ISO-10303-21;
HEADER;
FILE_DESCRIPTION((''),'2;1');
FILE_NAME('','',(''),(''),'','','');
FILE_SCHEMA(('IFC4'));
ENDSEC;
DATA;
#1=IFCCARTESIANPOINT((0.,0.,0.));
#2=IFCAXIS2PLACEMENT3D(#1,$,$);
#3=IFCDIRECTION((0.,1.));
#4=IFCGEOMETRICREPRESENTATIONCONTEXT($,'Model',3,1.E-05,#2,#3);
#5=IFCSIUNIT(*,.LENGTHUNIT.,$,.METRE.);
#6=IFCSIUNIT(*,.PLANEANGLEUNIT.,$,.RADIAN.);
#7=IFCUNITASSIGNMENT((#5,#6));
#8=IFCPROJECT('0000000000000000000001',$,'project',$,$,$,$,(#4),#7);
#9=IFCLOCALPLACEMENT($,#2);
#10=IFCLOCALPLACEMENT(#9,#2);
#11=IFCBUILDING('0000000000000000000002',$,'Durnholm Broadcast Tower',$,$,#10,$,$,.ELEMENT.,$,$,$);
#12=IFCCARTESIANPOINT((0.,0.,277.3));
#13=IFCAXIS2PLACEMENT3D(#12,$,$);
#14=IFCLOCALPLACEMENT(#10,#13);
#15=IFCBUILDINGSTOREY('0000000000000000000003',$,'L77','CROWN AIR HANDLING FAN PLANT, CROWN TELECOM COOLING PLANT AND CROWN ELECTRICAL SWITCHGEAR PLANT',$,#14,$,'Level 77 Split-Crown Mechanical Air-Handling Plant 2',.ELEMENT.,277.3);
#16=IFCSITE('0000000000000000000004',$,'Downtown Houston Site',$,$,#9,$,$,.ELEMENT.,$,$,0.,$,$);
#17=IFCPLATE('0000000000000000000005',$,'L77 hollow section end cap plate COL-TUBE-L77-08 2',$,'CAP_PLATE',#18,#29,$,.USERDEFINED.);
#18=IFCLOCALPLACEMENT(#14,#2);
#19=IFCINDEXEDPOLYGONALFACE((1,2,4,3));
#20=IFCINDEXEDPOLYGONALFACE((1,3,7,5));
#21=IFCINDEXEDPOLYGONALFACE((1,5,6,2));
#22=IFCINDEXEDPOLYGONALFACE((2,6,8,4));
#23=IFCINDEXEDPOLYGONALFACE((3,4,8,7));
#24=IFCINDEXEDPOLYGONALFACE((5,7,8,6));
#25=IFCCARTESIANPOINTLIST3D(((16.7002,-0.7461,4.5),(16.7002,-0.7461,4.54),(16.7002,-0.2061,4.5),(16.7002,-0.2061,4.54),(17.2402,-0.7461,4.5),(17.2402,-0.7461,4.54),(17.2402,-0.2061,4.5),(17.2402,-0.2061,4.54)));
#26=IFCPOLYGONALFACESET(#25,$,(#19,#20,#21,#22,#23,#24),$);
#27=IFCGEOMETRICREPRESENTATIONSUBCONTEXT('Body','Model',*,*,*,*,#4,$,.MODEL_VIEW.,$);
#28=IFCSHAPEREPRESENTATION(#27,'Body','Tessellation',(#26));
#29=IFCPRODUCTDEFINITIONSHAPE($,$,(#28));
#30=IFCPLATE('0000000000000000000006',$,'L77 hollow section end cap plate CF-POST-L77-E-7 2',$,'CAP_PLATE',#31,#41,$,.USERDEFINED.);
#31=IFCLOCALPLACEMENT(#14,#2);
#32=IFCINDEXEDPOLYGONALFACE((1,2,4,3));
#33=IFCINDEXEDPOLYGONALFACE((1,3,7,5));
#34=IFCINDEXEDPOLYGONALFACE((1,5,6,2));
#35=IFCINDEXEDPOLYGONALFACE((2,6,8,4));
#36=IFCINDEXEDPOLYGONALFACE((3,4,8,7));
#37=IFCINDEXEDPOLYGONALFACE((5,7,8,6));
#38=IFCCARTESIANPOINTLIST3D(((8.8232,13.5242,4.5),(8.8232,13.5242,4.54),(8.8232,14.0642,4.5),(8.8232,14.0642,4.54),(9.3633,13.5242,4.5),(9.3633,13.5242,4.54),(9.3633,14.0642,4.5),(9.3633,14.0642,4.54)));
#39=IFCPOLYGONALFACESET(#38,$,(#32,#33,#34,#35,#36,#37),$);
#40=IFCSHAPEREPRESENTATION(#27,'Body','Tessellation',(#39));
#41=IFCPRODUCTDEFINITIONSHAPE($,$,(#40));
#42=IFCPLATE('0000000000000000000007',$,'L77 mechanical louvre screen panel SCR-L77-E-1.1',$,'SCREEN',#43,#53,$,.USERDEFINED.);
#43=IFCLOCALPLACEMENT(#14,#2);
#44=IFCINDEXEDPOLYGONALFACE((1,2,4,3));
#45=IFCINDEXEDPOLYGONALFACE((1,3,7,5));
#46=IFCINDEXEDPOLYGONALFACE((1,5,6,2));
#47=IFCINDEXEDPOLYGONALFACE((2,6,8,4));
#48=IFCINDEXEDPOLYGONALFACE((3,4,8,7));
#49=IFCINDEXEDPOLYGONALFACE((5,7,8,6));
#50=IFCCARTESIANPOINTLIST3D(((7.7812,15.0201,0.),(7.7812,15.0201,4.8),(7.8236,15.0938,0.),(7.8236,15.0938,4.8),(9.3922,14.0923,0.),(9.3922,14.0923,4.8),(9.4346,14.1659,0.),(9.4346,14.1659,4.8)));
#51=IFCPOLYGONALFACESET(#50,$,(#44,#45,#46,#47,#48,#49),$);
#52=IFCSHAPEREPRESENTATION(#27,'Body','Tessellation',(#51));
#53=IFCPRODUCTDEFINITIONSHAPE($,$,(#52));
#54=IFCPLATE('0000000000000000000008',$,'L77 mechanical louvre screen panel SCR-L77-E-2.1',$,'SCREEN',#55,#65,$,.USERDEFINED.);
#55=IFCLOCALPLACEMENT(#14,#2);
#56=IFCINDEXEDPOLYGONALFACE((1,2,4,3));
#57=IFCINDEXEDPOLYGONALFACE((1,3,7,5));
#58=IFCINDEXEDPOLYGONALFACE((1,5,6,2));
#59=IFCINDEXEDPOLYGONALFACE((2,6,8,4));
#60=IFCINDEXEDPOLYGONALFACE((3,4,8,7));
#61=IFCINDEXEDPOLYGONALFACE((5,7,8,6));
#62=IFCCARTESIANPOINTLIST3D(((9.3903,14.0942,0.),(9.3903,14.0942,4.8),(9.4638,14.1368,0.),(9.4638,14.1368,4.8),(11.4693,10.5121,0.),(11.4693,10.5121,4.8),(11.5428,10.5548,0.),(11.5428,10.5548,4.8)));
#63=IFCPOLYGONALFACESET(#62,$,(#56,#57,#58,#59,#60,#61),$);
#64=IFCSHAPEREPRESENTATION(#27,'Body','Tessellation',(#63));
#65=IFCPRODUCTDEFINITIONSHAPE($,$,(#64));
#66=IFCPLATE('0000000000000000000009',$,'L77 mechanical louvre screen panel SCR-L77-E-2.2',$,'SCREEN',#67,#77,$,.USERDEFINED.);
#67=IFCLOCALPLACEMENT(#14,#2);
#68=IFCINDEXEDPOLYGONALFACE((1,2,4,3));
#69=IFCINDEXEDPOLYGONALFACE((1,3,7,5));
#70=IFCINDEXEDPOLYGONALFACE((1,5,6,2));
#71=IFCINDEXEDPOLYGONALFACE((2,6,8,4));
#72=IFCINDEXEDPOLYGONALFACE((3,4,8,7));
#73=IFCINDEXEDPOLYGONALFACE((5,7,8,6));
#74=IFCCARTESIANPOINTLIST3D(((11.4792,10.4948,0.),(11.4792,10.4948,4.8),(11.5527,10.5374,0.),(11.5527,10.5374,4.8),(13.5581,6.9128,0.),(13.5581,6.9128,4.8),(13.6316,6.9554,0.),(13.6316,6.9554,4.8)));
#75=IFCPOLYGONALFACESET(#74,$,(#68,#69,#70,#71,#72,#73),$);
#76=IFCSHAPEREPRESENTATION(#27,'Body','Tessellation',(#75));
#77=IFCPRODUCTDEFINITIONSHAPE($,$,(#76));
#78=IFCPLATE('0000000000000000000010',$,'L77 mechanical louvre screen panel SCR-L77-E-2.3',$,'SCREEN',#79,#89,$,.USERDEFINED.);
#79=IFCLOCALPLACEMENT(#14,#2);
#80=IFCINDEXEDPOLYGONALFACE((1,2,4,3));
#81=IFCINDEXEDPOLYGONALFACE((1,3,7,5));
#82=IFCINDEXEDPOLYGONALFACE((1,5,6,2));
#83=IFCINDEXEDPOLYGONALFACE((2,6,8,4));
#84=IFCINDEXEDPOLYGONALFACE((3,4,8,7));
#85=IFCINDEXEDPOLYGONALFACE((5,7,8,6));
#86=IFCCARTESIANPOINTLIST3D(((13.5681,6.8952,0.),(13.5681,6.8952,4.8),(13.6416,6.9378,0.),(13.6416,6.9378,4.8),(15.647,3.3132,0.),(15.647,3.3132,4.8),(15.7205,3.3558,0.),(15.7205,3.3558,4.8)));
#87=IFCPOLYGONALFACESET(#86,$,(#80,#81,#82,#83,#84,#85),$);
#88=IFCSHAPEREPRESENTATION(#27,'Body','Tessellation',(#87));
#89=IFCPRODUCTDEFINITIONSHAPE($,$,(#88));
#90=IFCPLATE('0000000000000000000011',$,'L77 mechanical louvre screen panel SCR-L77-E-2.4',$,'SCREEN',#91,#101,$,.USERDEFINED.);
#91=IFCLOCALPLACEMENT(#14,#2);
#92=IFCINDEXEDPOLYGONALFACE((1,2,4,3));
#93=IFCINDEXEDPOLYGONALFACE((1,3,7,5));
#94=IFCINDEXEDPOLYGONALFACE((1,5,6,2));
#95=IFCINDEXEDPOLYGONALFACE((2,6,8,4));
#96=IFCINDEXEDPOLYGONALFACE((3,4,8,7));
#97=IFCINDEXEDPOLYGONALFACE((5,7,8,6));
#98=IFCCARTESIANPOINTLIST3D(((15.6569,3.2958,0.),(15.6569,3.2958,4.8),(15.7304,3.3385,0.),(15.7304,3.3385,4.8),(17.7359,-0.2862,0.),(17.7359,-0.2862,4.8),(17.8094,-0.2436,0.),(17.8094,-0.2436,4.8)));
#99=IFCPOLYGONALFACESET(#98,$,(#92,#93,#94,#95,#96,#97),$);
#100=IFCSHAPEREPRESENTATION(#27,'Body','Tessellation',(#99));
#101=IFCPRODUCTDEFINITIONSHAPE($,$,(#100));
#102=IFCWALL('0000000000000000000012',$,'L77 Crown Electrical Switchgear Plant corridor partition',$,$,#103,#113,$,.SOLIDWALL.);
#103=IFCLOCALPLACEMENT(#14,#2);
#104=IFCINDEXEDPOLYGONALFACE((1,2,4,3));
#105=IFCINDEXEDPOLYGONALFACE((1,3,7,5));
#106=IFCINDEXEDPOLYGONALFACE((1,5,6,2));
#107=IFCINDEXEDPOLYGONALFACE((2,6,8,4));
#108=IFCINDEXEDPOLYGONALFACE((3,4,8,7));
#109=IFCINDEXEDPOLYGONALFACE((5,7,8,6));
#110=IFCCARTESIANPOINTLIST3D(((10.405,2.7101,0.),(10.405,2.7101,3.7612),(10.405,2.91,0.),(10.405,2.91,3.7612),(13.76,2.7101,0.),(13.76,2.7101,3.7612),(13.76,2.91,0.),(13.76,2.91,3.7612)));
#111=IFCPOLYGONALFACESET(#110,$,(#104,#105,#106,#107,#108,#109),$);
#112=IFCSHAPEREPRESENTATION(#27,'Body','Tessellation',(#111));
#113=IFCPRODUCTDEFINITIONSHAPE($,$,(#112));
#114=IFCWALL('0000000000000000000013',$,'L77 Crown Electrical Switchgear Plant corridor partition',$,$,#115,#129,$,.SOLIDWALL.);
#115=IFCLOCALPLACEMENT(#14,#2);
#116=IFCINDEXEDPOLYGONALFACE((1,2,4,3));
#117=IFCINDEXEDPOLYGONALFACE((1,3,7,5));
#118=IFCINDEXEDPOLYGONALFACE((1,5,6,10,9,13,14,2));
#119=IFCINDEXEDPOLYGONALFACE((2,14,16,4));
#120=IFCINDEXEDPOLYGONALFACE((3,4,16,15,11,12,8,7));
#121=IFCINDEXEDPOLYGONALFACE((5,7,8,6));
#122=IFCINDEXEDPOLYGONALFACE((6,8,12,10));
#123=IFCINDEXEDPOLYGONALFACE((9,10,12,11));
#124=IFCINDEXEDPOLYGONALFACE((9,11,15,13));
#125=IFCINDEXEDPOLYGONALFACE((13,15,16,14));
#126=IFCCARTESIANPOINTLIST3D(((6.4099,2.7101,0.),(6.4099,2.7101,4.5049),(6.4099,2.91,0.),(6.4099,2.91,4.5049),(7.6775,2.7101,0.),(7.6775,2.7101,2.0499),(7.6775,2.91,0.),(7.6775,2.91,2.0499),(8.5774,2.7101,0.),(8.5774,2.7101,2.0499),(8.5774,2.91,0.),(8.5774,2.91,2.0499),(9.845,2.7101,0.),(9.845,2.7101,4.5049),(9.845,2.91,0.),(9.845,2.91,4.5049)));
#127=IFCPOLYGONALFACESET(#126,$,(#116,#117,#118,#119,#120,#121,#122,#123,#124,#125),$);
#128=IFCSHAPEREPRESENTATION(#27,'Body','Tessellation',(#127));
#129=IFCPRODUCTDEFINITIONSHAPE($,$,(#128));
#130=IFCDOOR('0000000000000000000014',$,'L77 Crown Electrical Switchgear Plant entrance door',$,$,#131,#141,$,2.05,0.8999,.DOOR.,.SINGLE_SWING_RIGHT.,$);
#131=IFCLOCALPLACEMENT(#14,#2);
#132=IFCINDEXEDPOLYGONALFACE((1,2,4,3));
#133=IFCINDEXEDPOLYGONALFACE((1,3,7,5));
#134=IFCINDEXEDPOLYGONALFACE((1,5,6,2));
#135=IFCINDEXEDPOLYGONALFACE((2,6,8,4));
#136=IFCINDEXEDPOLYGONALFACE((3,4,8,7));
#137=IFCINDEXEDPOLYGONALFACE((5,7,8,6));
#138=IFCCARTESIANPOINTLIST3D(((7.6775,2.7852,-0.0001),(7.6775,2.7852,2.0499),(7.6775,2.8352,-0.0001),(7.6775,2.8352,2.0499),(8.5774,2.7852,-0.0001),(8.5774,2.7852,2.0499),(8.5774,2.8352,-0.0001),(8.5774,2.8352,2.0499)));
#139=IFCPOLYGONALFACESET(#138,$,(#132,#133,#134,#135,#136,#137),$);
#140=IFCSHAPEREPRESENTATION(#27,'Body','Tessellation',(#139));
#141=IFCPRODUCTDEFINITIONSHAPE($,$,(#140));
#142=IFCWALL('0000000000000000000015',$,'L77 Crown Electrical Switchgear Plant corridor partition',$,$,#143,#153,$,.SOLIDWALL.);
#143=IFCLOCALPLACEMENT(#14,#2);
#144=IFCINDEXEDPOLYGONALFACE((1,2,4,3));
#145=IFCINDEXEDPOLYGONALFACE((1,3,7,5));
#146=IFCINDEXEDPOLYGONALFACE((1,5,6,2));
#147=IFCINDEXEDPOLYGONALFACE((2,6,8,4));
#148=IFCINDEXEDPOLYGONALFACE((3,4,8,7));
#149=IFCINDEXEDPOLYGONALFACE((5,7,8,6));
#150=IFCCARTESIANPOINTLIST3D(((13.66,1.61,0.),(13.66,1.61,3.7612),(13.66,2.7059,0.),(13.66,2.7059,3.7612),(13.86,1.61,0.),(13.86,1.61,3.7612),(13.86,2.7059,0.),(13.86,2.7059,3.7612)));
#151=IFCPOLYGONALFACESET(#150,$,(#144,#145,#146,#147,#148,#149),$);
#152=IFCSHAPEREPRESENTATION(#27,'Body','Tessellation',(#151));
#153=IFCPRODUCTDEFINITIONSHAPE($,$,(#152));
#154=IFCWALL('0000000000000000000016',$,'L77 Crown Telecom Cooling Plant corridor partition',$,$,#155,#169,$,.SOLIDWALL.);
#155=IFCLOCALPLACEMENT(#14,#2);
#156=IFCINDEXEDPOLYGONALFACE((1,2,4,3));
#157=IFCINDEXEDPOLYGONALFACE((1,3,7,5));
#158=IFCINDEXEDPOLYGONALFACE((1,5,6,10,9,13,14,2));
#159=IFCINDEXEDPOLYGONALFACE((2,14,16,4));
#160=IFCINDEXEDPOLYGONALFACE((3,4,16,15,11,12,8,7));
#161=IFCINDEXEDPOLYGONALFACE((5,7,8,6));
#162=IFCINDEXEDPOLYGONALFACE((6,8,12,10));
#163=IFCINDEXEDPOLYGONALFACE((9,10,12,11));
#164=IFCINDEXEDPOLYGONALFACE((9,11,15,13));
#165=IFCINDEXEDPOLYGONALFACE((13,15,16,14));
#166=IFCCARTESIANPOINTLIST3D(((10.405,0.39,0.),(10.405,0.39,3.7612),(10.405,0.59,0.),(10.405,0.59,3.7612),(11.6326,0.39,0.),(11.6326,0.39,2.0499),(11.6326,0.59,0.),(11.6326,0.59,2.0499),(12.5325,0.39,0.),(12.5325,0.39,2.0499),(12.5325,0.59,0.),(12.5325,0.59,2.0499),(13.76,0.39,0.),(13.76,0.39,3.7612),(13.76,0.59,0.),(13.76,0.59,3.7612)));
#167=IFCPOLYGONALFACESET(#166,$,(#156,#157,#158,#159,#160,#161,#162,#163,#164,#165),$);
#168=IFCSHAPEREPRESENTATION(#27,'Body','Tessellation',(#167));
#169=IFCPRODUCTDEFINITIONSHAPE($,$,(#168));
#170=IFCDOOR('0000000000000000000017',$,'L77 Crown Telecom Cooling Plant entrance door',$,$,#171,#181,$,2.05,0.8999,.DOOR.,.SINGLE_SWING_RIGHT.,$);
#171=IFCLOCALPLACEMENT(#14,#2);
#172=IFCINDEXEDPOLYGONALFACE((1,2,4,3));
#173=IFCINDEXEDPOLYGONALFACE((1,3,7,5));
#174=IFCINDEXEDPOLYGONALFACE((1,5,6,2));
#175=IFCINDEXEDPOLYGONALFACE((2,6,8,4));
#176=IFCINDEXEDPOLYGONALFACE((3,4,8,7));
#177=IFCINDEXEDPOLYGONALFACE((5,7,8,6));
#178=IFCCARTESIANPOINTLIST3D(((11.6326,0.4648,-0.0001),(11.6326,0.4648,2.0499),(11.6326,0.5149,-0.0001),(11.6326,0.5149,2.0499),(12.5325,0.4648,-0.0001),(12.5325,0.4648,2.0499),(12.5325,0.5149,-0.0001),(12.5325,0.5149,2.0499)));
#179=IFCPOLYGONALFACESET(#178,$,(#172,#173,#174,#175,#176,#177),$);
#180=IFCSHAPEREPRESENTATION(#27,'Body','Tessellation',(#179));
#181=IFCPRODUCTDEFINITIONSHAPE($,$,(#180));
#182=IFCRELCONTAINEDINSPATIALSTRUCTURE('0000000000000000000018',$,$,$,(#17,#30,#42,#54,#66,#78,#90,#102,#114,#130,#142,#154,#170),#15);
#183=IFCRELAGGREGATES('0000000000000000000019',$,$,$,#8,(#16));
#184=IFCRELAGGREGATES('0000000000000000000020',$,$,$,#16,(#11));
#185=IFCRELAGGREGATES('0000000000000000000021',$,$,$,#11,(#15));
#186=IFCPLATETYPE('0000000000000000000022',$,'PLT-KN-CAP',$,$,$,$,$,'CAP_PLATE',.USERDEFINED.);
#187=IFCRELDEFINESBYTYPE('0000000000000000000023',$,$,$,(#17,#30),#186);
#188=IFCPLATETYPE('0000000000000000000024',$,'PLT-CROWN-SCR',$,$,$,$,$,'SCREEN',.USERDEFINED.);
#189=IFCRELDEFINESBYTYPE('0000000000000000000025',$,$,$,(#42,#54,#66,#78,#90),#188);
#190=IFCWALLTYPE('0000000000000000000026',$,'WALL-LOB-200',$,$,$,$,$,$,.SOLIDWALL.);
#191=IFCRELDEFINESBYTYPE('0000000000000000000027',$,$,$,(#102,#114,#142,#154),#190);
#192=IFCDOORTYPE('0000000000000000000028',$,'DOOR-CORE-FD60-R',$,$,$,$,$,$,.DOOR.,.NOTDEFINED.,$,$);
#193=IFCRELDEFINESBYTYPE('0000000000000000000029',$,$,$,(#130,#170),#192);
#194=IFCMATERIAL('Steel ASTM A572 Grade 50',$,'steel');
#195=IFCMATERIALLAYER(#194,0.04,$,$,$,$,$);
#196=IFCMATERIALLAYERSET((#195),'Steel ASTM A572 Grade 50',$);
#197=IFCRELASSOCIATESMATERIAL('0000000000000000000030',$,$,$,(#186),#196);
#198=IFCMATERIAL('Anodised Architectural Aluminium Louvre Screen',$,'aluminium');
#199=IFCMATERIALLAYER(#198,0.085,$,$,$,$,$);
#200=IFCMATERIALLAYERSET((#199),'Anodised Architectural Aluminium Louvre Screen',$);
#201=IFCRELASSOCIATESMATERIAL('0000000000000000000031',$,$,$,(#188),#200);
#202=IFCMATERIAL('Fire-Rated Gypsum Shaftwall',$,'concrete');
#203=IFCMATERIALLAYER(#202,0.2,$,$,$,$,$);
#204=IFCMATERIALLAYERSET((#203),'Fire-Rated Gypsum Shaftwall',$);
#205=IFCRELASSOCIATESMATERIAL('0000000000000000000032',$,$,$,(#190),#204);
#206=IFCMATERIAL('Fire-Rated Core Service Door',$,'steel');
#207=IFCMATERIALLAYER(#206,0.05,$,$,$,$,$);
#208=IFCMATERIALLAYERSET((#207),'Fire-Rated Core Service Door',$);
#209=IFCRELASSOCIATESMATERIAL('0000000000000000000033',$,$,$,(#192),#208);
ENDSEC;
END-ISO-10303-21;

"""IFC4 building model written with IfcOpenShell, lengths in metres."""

from ifc_helpers import new_model, si_unit, direction, frame, frame_2d, origin, origin_2d, place, context, subcontext, project, spatial, rectangle, extrude, source, transform, mapped, material, layer, layer_set, type_object, type_shapes, element, fill, save


model = new_model("IFC4")

# Units and contexts
model_context = context("Model", 3, precision=1e-05, world=origin(), true_north=direction((0.0, 1.0)))
body_context = subcontext(model_context, "Body", "Model", "MODEL_VIEW")
ifc_project = project(units=[si_unit("LENGTHUNIT", "METRE"), si_unit("PLANEANGLEUNIT", "RADIAN")], contexts=[model_context])

# Site, building, storey
site_placement = place(None, origin())
site = spatial("IfcSite", under=ifc_project, at=site_placement, Name="Downtown Houston Site", CompositionType="ELEMENT", RefElevation=0.0)
building_placement = place(site_placement, origin())
building = spatial("IfcBuilding", under=site, at=building_placement, Name="Durnholm Broadcast Tower", CompositionType="ELEMENT")
storey_placement = place(building_placement, frame((0.0, 0.0, 277.3)))
storey = spatial("IfcBuildingStorey", under=building, at=storey_placement, Name="L77", Description="CROWN AIR HANDLING FAN PLANT, CROWN TELECOM COOLING PLANT AND CROWN ELECTRICAL SWITCHGEAR PLANT", LongName="Level 77 Split-Crown Mechanical Air-Handling Plant 2", CompositionType="ELEMENT", Elevation=277.3)

# Plates
ifc_material_1 = material(Name="Steel ASTM A572 Grade 50", Category="steel")
ifc_layer_1 = layer(ifc_material_1, 0.04)
ifc_layer_set_1 = layer_set([ifc_layer_1], Name="Steel ASTM A572 Grade 50")
plate_type_1 = type_object("IfcPlateType", Name="PLT-KN-CAP", ElementType="CAP_PLATE", PredefinedType="USERDEFINED", material=ifc_layer_set_1)
shared_shape_1 = source(origin(), body_context, "Body", "SweptSolid", [
    extrude(rectangle(XDim=0.54, YDim=0.54, at=origin_2d()), origin(), (0.0, 0.0, 1.0), 0.04),
])
type_shapes(plate_type_1, [shared_shape_1])
for number, where, z_axis, x_axis, name in (
    (1, (16.9702, -0.4761, 4.5), (0.0, 0.0, 1.0), (1.0, 0.0, 0.0), "L77 hollow section end cap plate COL-TUBE-L77-08 2"),
    (2, (9.0933, 13.7942, 4.5), (0.0, 0.0, 1.0), (1.0, 0.0, 0.0), "L77 hollow section end cap plate CF-POST-L77-E-7 2"),
):
    element("IfcPlate", number, at=place(storey_placement, frame(where, z_axis=z_axis, x_axis=x_axis)), inside=storey, type_object=plate_type_1, Name=name, ObjectType="CAP_PLATE", PredefinedType="USERDEFINED", context=body_context, shape_type="MappedRepresentation", body=[
        mapped(shared_shape_1, transform((0.0, 0.0, 0.0), x_axis=(1.0, 0.0, 0.0), y_axis=(0.0, 1.0, 0.0), z_axis=(0.0, 0.0, 1.0), scale=1.0)),
    ])
ifc_material_2 = material(Name="Anodised Architectural Aluminium Louvre Screen", Category="aluminium")
ifc_layer_2 = layer(ifc_material_2, 0.085)
ifc_layer_set_2 = layer_set([ifc_layer_2], Name="Anodised Architectural Aluminium Louvre Screen")
plate_type_2 = type_object("IfcPlateType", Name="PLT-CROWN-SCR", ElementType="SCREEN", PredefinedType="USERDEFINED", material=ifc_layer_set_2)
shared_shape_2 = source(origin(), body_context, "Body", "SweptSolid", [
    extrude(rectangle(XDim=1.8591, YDim=0.085, at=origin_2d()), origin(), (0.0, 0.0, 1.0), 4.8),
])
plate_placement = place(storey_placement, frame((8.6079, 14.593, 0.0), z_axis=(0.0, 0.0, 1.0), x_axis=(0.866549, -0.499093, 0.0)))
element("IfcPlate", 3, at=plate_placement, inside=storey, type_object=plate_type_2, Name="L77 mechanical louvre screen panel SCR-L77-E-1.1", ObjectType="SCREEN", PredefinedType="USERDEFINED", context=body_context, shape_type="MappedRepresentation", body=[
    mapped(shared_shape_2, transform((0.0, 0.0, 0.0), x_axis=(1.0, 0.0, 0.0), y_axis=(0.0, 1.0, 0.0), z_axis=(0.0, 0.0, 1.0), scale=1.0)),
])
shared_shape_3 = source(origin(), body_context, "Body", "SweptSolid", [
    extrude(rectangle(XDim=4.1416, YDim=0.085, at=origin_2d()), origin(), (0.0, 0.0, 1.0), 4.8),
])
type_shapes(plate_type_2, [shared_shape_2, shared_shape_3])
for number, where, z_axis, x_axis, name in (
    (4, (10.4666, 12.3245, 0.0), (0.0, 0.0, 1.0), (0.501964, -0.864889, 0.0), "L77 mechanical louvre screen panel SCR-L77-E-2.1"),
    (5, (12.5554, 8.7251, 0.0), (0.0, 0.0, 1.0), (0.501964, -0.864889, 0.0), "L77 mechanical louvre screen panel SCR-L77-E-2.2"),
    (6, (14.6443, 5.1255, 0.0), (0.0, 0.0, 1.0), (0.501964, -0.864889, 0.0), "L77 mechanical louvre screen panel SCR-L77-E-2.3"),
    (7, (16.7332, 1.5261, 0.0), (0.0, 0.0, 1.0), (0.501964, -0.864889, 0.0), "L77 mechanical louvre screen panel SCR-L77-E-2.4"),
):
    element("IfcPlate", number, at=place(storey_placement, frame(where, z_axis=z_axis, x_axis=x_axis)), inside=storey, type_object=plate_type_2, Name=name, ObjectType="SCREEN", PredefinedType="USERDEFINED", context=body_context, shape_type="MappedRepresentation", body=[
        mapped(shared_shape_3, transform((0.0, 0.0, 0.0), x_axis=(1.0, 0.0, 0.0), y_axis=(0.0, 1.0, 0.0), z_axis=(0.0, 0.0, 1.0), scale=1.0)),
    ])

# Wall
ifc_material_3 = material(Name="Fire-Rated Gypsum Shaftwall", Category="concrete")
ifc_layer_3 = layer(ifc_material_3, 0.2)
ifc_layer_set_3 = layer_set([ifc_layer_3], Name="Fire-Rated Gypsum Shaftwall")
wall_type_1 = type_object("IfcWallType", Name="WALL-LOB-200", PredefinedType="SOLIDWALL", material=ifc_layer_set_3)
wall_1_placement = place(storey_placement, frame((13.76, 2.8101, 0.0), z_axis=(0.0, 0.0, 1.0), x_axis=(-1.0, 0.0, 0.0)))
element("IfcWall", 8, at=wall_1_placement, inside=storey, type_object=wall_type_1, Name="L77 Crown Electrical Switchgear Plant corridor partition", PredefinedType="SOLIDWALL", context=body_context, shape_type="SweptSolid", body=[
    extrude(rectangle(XDim=3.355, YDim=0.2, at=frame_2d((1.6775, 0.0))), origin(), (0.0, 0.0, 1.0), 3.7612),
])

# Wall, opening, door
wall_2_placement = place(storey_placement, frame((9.845, 2.8101, 0.0), z_axis=(0.0, 0.0, 1.0), x_axis=(-1.0, 0.0, 0.0)))
wall_2 = element("IfcWall", 9, at=wall_2_placement, inside=storey, type_object=wall_type_1, Name="L77 Crown Electrical Switchgear Plant corridor partition", PredefinedType="SOLIDWALL", context=body_context, shape_type="SweptSolid", body=[
    extrude(rectangle(XDim=3.4351, YDim=0.2, at=frame_2d((1.7175, 0.0))), origin(), (0.0, 0.0, 1.0), 4.5049),
])
opening_1_placement = place(wall_2_placement, frame((1.2676, 0.0, 0.0)))
opening_1 = element("IfcOpeningElement", 10, at=opening_1_placement, cuts=wall_2, PredefinedType="OPENING", context=body_context, shape_type="SweptSolid", body=[
    extrude(rectangle(XDim=0.8999, YDim=2.05, at=frame_2d((0.45, 1.0249))), frame((0.0, 0.1099, 0.0), z_axis=(0.0, -1.0, 0.0), x_axis=(1.0, 0.0, 0.0)), (0.0, 0.0, 1.0), 0.22),
])
ifc_material_4 = material(Name="Fire-Rated Core Service Door", Category="steel")
ifc_layer_4 = layer(ifc_material_4, 0.05)
ifc_layer_set_4 = layer_set([ifc_layer_4], Name="Fire-Rated Core Service Door")
door_type = type_object("IfcDoorType", Name="DOOR-CORE-FD60-R", OperationType="NOTDEFINED", PredefinedType="DOOR", material=ifc_layer_set_4)
shared_shape_4 = source(origin(), body_context, "Body", "SweptSolid", [
    extrude(rectangle(XDim=0.8999, YDim=2.05, at=frame_2d((0.45, 1.0249))), frame((0.0, 0.0249, 0.0), z_axis=(0.0, -1.0, 0.0), x_axis=(1.0, 0.0, 0.0)), (0.0, 0.0, 1.0), 0.05),
])
type_shapes(door_type, [shared_shape_4])
door_1_placement = place(opening_1_placement, origin())
door_1 = element("IfcDoor", 11, at=door_1_placement, inside=storey, type_object=door_type, Name="L77 Crown Electrical Switchgear Plant entrance door", OperationType="SINGLE_SWING_RIGHT", OverallHeight=2.05, OverallWidth=0.8999, PredefinedType="DOOR", context=body_context, shape_type="MappedRepresentation", body=[
    mapped(shared_shape_4, transform((0.0, 0.0, 0.0), x_axis=(1.0, 0.0, 0.0), y_axis=(0.0, 1.0, 0.0), z_axis=(0.0, 0.0, 1.0), scale=1.0)),
])
fill(opening_1, door_1)

# Wall
wall_3_placement = place(storey_placement, frame((13.76, 1.6101, 0.0), z_axis=(0.0, 0.0, 1.0), x_axis=(0.0, 1.0, 0.0)))
element("IfcWall", 12, at=wall_3_placement, inside=storey, type_object=wall_type_1, Name="L77 Crown Electrical Switchgear Plant corridor partition", PredefinedType="SOLIDWALL", context=body_context, shape_type="SweptSolid", body=[
    extrude(rectangle(XDim=1.0959, YDim=0.2, at=frame_2d((0.5479, 0.0))), origin(), (0.0, 0.0, 1.0), 3.7612),
])

# Wall, opening, door
wall_4_placement = place(storey_placement, frame((10.405, 0.49, 0.0), z_axis=(0.0, 0.0, 1.0), x_axis=(1.0, 0.0, 0.0)))
wall_4 = element("IfcWall", 13, at=wall_4_placement, inside=storey, type_object=wall_type_1, Name="L77 Crown Telecom Cooling Plant corridor partition", PredefinedType="SOLIDWALL", context=body_context, shape_type="SweptSolid", body=[
    extrude(rectangle(XDim=3.355, YDim=0.2, at=frame_2d((1.6775, 0.0))), origin(), (0.0, 0.0, 1.0), 3.7612),
])
opening_2_placement = place(wall_4_placement, frame((1.2275, 0.0, 0.0)))
opening_2 = element("IfcOpeningElement", 14, at=opening_2_placement, cuts=wall_4, PredefinedType="OPENING", context=body_context, shape_type="SweptSolid", body=[
    extrude(rectangle(XDim=0.8999, YDim=2.05, at=frame_2d((0.45, 1.0249))), frame((0.0, 0.1099, 0.0), z_axis=(0.0, -1.0, 0.0), x_axis=(1.0, 0.0, 0.0)), (0.0, 0.0, 1.0), 0.22),
])
door_2_placement = place(opening_2_placement, origin())
door_2 = element("IfcDoor", 15, at=door_2_placement, inside=storey, type_object=door_type, Name="L77 Crown Telecom Cooling Plant entrance door", OperationType="SINGLE_SWING_RIGHT", OverallHeight=2.05, OverallWidth=0.8999, PredefinedType="DOOR", context=body_context, shape_type="MappedRepresentation", body=[
    mapped(shared_shape_4, transform((0.0, 0.0, 0.0), x_axis=(1.0, 0.0, 0.0), y_axis=(0.0, 1.0, 0.0), z_axis=(0.0, 0.0, 1.0), scale=1.0)),
])
fill(opening_2, door_2)

save(model, "model.ifc")
